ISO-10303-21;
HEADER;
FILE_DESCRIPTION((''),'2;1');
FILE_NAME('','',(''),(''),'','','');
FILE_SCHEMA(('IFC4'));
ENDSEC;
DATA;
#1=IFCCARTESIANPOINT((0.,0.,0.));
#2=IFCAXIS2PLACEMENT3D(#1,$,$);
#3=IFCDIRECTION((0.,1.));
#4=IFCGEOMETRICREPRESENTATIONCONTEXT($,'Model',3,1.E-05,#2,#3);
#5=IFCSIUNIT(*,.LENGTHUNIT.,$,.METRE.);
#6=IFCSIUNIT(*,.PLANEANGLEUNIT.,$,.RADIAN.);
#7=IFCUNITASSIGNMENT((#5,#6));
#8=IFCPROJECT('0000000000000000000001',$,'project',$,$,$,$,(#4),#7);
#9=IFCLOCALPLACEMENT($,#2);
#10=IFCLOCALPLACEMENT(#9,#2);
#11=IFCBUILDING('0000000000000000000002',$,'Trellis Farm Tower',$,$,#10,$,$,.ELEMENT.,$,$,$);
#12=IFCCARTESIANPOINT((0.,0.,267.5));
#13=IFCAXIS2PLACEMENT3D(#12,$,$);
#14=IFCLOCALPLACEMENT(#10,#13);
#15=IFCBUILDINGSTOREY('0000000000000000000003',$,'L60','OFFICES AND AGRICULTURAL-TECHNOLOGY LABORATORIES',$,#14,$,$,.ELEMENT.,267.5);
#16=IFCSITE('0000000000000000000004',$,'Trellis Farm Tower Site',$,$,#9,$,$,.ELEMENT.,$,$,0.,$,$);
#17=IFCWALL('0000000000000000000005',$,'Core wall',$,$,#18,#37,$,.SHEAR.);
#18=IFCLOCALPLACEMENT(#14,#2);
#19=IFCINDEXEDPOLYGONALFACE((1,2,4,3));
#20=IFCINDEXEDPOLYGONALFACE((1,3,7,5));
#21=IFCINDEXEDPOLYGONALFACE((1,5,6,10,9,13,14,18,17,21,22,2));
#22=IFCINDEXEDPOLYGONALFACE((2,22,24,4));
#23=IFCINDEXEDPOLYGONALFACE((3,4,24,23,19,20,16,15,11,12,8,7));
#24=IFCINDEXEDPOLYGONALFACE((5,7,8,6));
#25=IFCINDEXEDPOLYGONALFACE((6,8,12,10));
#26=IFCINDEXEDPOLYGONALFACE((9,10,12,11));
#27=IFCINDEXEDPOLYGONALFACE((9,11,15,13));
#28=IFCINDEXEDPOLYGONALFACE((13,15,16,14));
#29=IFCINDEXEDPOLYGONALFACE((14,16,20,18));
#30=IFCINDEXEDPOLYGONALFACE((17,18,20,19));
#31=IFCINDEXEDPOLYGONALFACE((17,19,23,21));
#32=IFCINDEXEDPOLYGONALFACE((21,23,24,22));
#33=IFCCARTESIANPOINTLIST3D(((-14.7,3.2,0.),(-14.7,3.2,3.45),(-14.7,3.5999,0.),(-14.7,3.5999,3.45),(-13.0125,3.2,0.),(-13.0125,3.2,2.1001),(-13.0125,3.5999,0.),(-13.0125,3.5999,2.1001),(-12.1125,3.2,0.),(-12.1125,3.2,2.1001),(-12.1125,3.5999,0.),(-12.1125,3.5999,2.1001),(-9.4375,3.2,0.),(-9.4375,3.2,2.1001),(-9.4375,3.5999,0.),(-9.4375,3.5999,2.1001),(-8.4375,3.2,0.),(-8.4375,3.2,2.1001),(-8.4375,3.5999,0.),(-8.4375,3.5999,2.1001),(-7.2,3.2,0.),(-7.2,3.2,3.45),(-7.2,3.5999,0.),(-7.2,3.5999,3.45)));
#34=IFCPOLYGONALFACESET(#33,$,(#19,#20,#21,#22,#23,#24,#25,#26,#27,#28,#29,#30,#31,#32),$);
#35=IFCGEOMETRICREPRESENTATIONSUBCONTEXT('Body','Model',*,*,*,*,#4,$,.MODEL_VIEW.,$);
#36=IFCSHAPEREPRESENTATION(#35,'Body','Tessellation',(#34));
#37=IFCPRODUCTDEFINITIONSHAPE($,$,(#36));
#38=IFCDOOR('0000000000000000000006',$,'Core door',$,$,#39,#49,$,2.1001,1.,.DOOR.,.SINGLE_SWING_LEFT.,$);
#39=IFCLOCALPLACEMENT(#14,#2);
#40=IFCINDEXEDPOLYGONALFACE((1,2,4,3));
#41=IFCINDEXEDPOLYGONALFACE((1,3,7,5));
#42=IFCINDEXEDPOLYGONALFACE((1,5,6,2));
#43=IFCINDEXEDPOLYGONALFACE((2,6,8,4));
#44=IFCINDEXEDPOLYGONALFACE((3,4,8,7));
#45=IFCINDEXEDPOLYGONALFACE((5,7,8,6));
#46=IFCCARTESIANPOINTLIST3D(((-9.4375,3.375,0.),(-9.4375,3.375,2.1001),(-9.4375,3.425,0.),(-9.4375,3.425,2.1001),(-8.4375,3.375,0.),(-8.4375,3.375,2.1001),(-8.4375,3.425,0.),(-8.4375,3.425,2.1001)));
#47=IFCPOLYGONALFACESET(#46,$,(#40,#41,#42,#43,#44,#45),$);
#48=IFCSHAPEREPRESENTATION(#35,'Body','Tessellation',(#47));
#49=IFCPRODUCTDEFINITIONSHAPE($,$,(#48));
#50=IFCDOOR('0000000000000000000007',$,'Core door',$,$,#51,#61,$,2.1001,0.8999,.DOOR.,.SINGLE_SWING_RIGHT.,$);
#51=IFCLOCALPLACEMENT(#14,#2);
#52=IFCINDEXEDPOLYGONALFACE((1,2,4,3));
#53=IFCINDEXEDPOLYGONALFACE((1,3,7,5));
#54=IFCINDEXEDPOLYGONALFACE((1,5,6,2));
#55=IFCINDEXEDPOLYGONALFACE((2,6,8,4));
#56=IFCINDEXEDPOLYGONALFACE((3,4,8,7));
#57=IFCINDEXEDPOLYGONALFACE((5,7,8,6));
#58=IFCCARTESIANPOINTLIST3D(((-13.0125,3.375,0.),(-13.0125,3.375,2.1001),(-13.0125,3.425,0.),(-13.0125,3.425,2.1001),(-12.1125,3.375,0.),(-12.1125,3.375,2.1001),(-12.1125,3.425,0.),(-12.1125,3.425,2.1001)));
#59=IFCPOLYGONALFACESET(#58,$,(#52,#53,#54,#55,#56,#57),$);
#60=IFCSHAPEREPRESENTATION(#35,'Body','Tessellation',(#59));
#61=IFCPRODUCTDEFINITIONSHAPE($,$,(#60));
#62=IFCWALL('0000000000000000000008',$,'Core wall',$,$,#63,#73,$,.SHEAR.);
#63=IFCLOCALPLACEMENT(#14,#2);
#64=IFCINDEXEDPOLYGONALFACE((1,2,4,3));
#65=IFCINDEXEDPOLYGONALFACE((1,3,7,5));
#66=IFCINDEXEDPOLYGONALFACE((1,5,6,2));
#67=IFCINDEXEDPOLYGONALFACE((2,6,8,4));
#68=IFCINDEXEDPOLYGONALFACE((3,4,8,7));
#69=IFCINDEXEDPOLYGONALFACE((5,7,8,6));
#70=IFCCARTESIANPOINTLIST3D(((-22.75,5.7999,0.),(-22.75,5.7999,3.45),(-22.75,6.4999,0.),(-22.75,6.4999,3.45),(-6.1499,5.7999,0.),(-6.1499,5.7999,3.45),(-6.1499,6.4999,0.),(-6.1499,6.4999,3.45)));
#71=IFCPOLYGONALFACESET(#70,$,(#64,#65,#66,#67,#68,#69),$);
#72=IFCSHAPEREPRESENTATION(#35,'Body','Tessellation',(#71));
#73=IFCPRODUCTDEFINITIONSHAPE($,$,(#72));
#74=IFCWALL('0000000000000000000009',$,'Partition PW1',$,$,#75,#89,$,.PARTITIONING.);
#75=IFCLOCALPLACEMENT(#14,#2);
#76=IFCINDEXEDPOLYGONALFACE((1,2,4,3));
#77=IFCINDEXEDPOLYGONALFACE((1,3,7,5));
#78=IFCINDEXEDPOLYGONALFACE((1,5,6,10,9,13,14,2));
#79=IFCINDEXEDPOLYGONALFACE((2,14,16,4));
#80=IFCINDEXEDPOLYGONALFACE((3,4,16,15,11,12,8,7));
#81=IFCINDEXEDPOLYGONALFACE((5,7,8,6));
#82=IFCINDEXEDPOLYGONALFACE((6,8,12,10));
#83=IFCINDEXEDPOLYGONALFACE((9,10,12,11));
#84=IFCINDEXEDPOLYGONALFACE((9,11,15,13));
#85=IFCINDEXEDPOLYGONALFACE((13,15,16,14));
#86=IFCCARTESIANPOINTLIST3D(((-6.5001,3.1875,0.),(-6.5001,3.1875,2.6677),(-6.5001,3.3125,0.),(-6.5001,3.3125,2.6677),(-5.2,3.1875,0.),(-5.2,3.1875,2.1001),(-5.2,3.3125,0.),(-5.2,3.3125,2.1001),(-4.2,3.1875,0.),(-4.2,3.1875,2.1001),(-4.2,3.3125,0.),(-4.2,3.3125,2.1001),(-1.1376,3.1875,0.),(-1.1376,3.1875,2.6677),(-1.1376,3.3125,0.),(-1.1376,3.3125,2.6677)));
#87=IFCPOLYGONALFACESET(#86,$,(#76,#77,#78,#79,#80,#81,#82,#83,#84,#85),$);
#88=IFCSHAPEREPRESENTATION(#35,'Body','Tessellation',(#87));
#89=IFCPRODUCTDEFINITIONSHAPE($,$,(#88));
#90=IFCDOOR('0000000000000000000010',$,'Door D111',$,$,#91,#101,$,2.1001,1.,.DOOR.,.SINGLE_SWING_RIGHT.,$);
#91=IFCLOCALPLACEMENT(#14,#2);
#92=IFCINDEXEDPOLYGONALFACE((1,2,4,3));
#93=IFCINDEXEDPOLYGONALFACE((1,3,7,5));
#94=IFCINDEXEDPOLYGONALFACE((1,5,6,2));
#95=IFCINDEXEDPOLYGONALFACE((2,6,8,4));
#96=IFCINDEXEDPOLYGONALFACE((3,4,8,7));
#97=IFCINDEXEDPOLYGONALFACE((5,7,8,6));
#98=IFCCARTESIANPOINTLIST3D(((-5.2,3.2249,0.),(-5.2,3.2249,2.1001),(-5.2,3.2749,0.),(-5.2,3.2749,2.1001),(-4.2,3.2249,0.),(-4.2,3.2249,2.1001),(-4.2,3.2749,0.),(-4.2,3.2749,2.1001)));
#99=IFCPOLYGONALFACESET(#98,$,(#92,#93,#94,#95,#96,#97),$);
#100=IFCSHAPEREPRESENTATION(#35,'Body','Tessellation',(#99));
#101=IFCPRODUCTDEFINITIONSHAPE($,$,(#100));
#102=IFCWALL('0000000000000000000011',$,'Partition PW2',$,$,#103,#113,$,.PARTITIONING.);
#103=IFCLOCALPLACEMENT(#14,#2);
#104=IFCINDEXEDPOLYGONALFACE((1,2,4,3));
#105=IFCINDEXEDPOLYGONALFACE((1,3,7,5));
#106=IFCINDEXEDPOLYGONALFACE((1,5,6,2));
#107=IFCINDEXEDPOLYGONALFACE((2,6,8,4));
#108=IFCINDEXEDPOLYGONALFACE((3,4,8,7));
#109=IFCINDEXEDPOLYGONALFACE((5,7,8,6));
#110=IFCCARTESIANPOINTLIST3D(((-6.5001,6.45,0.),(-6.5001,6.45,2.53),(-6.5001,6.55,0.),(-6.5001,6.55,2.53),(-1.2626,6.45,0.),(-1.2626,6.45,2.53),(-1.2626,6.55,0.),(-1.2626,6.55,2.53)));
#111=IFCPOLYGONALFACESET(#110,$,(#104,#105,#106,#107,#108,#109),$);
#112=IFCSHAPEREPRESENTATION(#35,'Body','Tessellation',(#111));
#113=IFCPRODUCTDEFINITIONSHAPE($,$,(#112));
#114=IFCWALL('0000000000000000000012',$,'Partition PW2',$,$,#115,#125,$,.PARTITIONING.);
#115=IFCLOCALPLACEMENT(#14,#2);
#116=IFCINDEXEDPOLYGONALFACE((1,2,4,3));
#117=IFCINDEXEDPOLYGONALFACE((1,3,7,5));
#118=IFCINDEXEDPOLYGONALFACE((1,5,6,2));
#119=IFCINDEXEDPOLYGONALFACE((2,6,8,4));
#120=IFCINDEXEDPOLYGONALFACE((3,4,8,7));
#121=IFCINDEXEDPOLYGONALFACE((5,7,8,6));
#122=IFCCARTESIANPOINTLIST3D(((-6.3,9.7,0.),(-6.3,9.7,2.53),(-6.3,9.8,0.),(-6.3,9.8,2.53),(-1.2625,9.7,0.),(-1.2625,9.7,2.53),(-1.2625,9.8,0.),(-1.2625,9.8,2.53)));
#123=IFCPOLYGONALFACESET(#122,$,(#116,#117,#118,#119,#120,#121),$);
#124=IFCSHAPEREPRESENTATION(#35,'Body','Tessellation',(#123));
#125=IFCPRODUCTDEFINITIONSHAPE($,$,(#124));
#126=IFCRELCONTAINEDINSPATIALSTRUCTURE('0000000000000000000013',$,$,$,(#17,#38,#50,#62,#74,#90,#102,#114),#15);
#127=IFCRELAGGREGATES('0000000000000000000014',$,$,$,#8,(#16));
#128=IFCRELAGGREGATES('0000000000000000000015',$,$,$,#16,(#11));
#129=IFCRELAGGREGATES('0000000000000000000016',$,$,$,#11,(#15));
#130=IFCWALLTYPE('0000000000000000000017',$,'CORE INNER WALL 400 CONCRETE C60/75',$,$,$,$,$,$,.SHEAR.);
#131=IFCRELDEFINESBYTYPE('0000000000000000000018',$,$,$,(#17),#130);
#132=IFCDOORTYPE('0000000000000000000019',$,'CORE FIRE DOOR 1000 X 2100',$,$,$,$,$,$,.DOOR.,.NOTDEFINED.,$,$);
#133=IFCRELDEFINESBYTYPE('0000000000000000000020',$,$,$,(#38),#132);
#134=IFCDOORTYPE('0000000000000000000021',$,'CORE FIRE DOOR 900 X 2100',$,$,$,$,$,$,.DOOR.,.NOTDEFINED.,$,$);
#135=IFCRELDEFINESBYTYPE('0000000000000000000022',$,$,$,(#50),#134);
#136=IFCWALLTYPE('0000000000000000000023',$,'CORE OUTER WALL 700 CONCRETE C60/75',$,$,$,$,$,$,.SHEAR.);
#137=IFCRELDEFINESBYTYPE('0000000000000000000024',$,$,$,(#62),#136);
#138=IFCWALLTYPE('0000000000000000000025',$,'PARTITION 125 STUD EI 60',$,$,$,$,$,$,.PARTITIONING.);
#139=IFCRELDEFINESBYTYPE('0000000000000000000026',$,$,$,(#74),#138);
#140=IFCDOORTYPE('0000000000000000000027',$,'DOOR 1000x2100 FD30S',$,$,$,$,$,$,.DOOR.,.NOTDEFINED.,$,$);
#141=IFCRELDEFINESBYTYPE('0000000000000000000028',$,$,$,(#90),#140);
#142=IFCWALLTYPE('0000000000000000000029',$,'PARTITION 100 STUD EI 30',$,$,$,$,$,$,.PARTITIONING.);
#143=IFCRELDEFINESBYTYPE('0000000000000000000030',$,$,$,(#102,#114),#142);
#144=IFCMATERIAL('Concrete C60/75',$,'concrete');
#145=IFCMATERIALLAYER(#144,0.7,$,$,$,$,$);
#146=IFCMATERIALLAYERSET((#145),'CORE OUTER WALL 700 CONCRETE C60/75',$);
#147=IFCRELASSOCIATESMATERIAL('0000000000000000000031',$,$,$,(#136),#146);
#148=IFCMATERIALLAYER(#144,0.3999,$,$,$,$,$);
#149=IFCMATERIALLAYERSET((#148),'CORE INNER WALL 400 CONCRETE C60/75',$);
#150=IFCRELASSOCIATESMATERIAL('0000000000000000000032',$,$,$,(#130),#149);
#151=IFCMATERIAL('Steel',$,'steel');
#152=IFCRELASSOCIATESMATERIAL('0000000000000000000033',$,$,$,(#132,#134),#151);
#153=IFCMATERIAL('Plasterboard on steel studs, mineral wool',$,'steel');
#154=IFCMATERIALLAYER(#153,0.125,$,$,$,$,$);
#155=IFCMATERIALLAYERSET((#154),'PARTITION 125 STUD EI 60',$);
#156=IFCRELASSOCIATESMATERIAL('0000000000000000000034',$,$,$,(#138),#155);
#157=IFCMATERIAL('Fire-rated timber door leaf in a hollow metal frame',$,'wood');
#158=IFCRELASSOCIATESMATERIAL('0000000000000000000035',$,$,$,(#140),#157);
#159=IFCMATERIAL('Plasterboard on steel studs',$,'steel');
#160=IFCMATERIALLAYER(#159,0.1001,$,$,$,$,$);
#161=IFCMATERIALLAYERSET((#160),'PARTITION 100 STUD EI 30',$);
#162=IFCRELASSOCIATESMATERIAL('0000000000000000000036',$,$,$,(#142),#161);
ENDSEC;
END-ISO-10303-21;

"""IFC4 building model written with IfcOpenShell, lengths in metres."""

from ifc_helpers import new_model, si_unit, direction, frame, frame_2d, origin, place, context, subcontext, project, spatial, rectangle, extrude, source, transform, mapped, material, layer, layer_set, type_object, element, fill, save


model = new_model("IFC4")

# Units and contexts
model_context = context("Model", 3, precision=1e-05, world=origin(), true_north=direction((0.0, 1.0)))
body_context = subcontext(model_context, "Body", "Model", "MODEL_VIEW")
ifc_project = project(units=[si_unit("LENGTHUNIT", "METRE"), si_unit("PLANEANGLEUNIT", "RADIAN")], contexts=[model_context])

# Site, building, storey
site_placement = place(None, origin())
site = spatial("IfcSite", under=ifc_project, at=site_placement, Name="Trellis Farm Tower Site", CompositionType="ELEMENT", RefElevation=0.0)
building_placement = place(site_placement, origin())
building = spatial("IfcBuilding", under=site, at=building_placement, Name="Trellis Farm Tower", CompositionType="ELEMENT")
storey_placement = place(building_placement, frame((0.0, 0.0, 267.5)))
storey = spatial("IfcBuildingStorey", under=building, at=storey_placement, Name="L60", Description="OFFICES AND AGRICULTURAL-TECHNOLOGY LABORATORIES", CompositionType="ELEMENT", Elevation=267.5)

# Shared definitions
ifc_material_1 = material(Name="Concrete C60/75", Category="concrete")

# Shared definitions
ifc_layer_1 = layer(ifc_material_1, 0.7)
ifc_layer_set_1 = layer_set([ifc_layer_1], Name="CORE OUTER WALL 700 CONCRETE C60/75")
wall_type_1 = type_object("IfcWallType", Name="CORE OUTER WALL 700 CONCRETE C60/75", PredefinedType="SHEAR", material=ifc_layer_set_1)
ifc_material_2 = material(Name="Steel", Category="steel")

# Wall, openings, doors
ifc_layer_2 = layer(ifc_material_1, 0.3999)
ifc_layer_set_2 = layer_set([ifc_layer_2], Name="CORE INNER WALL 400 CONCRETE C60/75")
wall_type_2 = type_object("IfcWallType", Name="CORE INNER WALL 400 CONCRETE C60/75", PredefinedType="SHEAR", material=ifc_layer_set_2)
shared_shape_1 = source(origin(), body_context, "Body", "SweptSolid", [
    extrude(rectangle(XDim=7.5, YDim=0.3999, at=frame_2d((3.75, 0.0))), origin(), (0.0, 0.0, 1.0), 3.45),
])
wall_1_placement = place(storey_placement, frame((-7.2, 3.3999, 0.0), z_axis=(0.0, 0.0, 1.0), x_axis=(-1.0, 0.0, 0.0)))
wall_1 = element("IfcWall", 1, at=wall_1_placement, inside=storey, type_object=wall_type_2, Name="Core wall", PredefinedType="SHEAR", context=body_context, shape_type="MappedRepresentation", body=[
    mapped(shared_shape_1, transform((0.0, 0.0, 0.0))),
])
shared_shape_2 = source(origin(), body_context, "Body", "SweptSolid", [
    extrude(rectangle(XDim=1.0, YDim=2.1001, at=frame_2d((0.5, 1.05))), frame((0.0, 0.21, 0.0), z_axis=(0.0, -1.0, 0.0), x_axis=(1.0, 0.0, 0.0)), (0.0, 0.0, 1.0), 0.4199),
])
opening_1_placement = place(wall_1_placement, frame((1.2375, 0.0, 0.0)))
opening_1 = element("IfcOpeningElement", 2, at=opening_1_placement, cuts=wall_1, PredefinedType="OPENING", context=body_context, shape_type="MappedRepresentation", body=[
    mapped(shared_shape_2, transform((0.0, 0.0, 0.0))),
])
shared_shape_3 = source(origin(), body_context, "Body", "SweptSolid", [
    extrude(rectangle(XDim=0.8999, YDim=2.1001, at=frame_2d((0.45, 1.05))), frame((0.0, 0.21, 0.0), z_axis=(0.0, -1.0, 0.0), x_axis=(1.0, 0.0, 0.0)), (0.0, 0.0, 1.0), 0.4199),
])
opening_2_placement = place(wall_1_placement, frame((4.9126, 0.0, 0.0)))
opening_2 = element("IfcOpeningElement", 3, at=opening_2_placement, cuts=wall_1, PredefinedType="OPENING", context=body_context, shape_type="MappedRepresentation", body=[
    mapped(shared_shape_3, transform((0.0, 0.0, 0.0))),
])
door_type_1 = type_object("IfcDoorType", Name="CORE FIRE DOOR 1000 X 2100", OperationType="NOTDEFINED", PredefinedType="DOOR", material=ifc_material_2)
shared_shape_4 = source(origin(), body_context, "Body", "SweptSolid", [
    extrude(rectangle(XDim=1.0, YDim=2.1001, at=frame_2d((0.5, 1.05))), frame((0.0, 0.0249, 0.0), z_axis=(0.0, -1.0, 0.0), x_axis=(1.0, 0.0, 0.0)), (0.0, 0.0, 1.0), 0.05),
])
door_1_placement = place(opening_1_placement, origin())
door_1 = element("IfcDoor", 4, at=door_1_placement, inside=storey, type_object=door_type_1, Name="Core door", OperationType="SINGLE_SWING_LEFT", OverallHeight=2.1001, OverallWidth=1.0, PredefinedType="DOOR", context=body_context, shape_type="MappedRepresentation", body=[
    mapped(shared_shape_4, transform((0.0, 0.0, 0.0))),
])
fill(opening_1, door_1)
door_type_2 = type_object("IfcDoorType", Name="CORE FIRE DOOR 900 X 2100", OperationType="NOTDEFINED", PredefinedType="DOOR", material=ifc_material_2)
shared_shape_5 = source(origin(), body_context, "Body", "SweptSolid", [
    extrude(rectangle(XDim=0.8999, YDim=2.1001, at=frame_2d((0.45, 1.05))), frame((0.0, 0.0249, 0.0), z_axis=(0.0, -1.0, 0.0), x_axis=(1.0, 0.0, 0.0)), (0.0, 0.0, 1.0), 0.05),
])
door_2_placement = place(opening_2_placement, origin())
door_2 = element("IfcDoor", 5, at=door_2_placement, inside=storey, type_object=door_type_2, Name="Core door", OperationType="SINGLE_SWING_RIGHT", OverallHeight=2.1001, OverallWidth=0.8999, PredefinedType="DOOR", context=body_context, shape_type="MappedRepresentation", body=[
    mapped(shared_shape_5, transform((0.0, 0.0, 0.0))),
])
fill(opening_2, door_2)

# Wall
shared_shape_6 = source(origin(), body_context, "Body", "SweptSolid", [
    extrude(rectangle(XDim=16.6001, YDim=0.7, at=frame_2d((8.3, 0.0))), origin(), (0.0, 0.0, 1.0), 3.45),
])
wall_2_placement = place(storey_placement, frame((-6.1499, 6.1499, 0.0), z_axis=(0.0, 0.0, 1.0), x_axis=(-1.0, 0.0, 0.0)))
element("IfcWall", 6, at=wall_2_placement, inside=storey, type_object=wall_type_1, Name="Core wall", PredefinedType="SHEAR", context=body_context, shape_type="MappedRepresentation", body=[
    mapped(shared_shape_6, transform((0.0, 0.0, 0.0))),
])

# Wall, opening, door
ifc_material_3 = material(Name="Plasterboard on steel studs, mineral wool", Category="steel")
ifc_layer_3 = layer(ifc_material_3, 0.125)
ifc_layer_set_3 = layer_set([ifc_layer_3], Name="PARTITION 125 STUD EI 60")
wall_type_3 = type_object("IfcWallType", Name="PARTITION 125 STUD EI 60", PredefinedType="PARTITIONING", material=ifc_layer_set_3)
shared_shape_7 = source(origin(), body_context, "Body", "SweptSolid", [
    extrude(rectangle(XDim=5.3625, YDim=0.125, at=frame_2d((2.6812, 0.0))), origin(), (0.0, 0.0, 1.0), 2.6677),
])
wall_3_placement = place(storey_placement, frame((-6.5, 3.25, 0.0), z_axis=(0.0, 0.0, 1.0), x_axis=(1.0, 0.0, 0.0)))
wall_3 = element("IfcWall", 7, at=wall_3_placement, inside=storey, type_object=wall_type_3, Name="Partition PW1", PredefinedType="PARTITIONING", context=body_context, shape_type="MappedRepresentation", body=[
    mapped(shared_shape_7, transform((0.0, 0.0, 0.0))),
])
shared_shape_8 = source(origin(), body_context, "Body", "SweptSolid", [
    extrude(rectangle(XDim=1.0, YDim=2.1001, at=frame_2d((0.5, 1.05))), frame((0.0, 0.0725, 0.0), z_axis=(0.0, -1.0, 0.0), x_axis=(1.0, 0.0, 0.0)), (0.0, 0.0, 1.0), 0.145),
])
opening_3_placement = place(wall_3_placement, frame((1.3, 0.0, 0.0)))
opening_3 = element("IfcOpeningElement", 8, at=opening_3_placement, cuts=wall_3, PredefinedType="OPENING", context=body_context, shape_type="MappedRepresentation", body=[
    mapped(shared_shape_8, transform((0.0, 0.0, 0.0))),
])
ifc_material_4 = material(Name="Fire-rated timber door leaf in a hollow metal frame", Category="wood")
door_type_3 = type_object("IfcDoorType", Name="DOOR 1000x2100 FD30S", OperationType="NOTDEFINED", PredefinedType="DOOR", material=ifc_material_4)
door_3_placement = place(opening_3_placement, origin())
door_3 = element("IfcDoor", 9, at=door_3_placement, inside=storey, type_object=door_type_3, Name="Door D111", OperationType="SINGLE_SWING_RIGHT", OverallHeight=2.1001, OverallWidth=1.0, PredefinedType="DOOR", context=body_context, shape_type="MappedRepresentation", body=[
    mapped(shared_shape_4, transform((0.0, 0.0, 0.0))),
])
fill(opening_3, door_3)

# Walls
ifc_material_5 = material(Name="Plasterboard on steel studs", Category="steel")
ifc_layer_4 = layer(ifc_material_5, 0.1001)
ifc_layer_set_4 = layer_set([ifc_layer_4], Name="PARTITION 100 STUD EI 30")
wall_type_4 = type_object("IfcWallType", Name="PARTITION 100 STUD EI 30", PredefinedType="PARTITIONING", material=ifc_layer_set_4)
shared_shape_9 = source(origin(), body_context, "Body", "SweptSolid", [
    extrude(rectangle(XDim=5.2375, YDim=0.1001, at=frame_2d((2.6187, 0.0))), origin(), (0.0, 0.0, 1.0), 2.53),
])
wall_4_placement = place(storey_placement, frame((-6.5, 6.5, 0.0), z_axis=(0.0, 0.0, 1.0), x_axis=(1.0, 0.0, 0.0)))
element("IfcWall", 10, at=wall_4_placement, inside=storey, type_object=wall_type_4, Name="Partition PW2", PredefinedType="PARTITIONING", context=body_context, shape_type="MappedRepresentation", body=[
    mapped(shared_shape_9, transform((0.0, 0.0, 0.0))),
])
shared_shape_10 = source(origin(), body_context, "Body", "SweptSolid", [
    extrude(rectangle(XDim=5.0376, YDim=0.1001, at=frame_2d((2.5188, 0.0))), origin(), (0.0, 0.0, 1.0), 2.53),
])
wall_5_placement = place(storey_placement, frame((-6.3, 9.75, 0.0), z_axis=(0.0, 0.0, 1.0), x_axis=(1.0, 0.0, 0.0)))
element("IfcWall", 11, at=wall_5_placement, inside=storey, type_object=wall_type_4, Name="Partition PW2", PredefinedType="PARTITIONING", context=body_context, shape_type="MappedRepresentation", body=[
    mapped(shared_shape_10, transform((0.0, 0.0, 0.0))),
])

save(model, "model.ifc")
